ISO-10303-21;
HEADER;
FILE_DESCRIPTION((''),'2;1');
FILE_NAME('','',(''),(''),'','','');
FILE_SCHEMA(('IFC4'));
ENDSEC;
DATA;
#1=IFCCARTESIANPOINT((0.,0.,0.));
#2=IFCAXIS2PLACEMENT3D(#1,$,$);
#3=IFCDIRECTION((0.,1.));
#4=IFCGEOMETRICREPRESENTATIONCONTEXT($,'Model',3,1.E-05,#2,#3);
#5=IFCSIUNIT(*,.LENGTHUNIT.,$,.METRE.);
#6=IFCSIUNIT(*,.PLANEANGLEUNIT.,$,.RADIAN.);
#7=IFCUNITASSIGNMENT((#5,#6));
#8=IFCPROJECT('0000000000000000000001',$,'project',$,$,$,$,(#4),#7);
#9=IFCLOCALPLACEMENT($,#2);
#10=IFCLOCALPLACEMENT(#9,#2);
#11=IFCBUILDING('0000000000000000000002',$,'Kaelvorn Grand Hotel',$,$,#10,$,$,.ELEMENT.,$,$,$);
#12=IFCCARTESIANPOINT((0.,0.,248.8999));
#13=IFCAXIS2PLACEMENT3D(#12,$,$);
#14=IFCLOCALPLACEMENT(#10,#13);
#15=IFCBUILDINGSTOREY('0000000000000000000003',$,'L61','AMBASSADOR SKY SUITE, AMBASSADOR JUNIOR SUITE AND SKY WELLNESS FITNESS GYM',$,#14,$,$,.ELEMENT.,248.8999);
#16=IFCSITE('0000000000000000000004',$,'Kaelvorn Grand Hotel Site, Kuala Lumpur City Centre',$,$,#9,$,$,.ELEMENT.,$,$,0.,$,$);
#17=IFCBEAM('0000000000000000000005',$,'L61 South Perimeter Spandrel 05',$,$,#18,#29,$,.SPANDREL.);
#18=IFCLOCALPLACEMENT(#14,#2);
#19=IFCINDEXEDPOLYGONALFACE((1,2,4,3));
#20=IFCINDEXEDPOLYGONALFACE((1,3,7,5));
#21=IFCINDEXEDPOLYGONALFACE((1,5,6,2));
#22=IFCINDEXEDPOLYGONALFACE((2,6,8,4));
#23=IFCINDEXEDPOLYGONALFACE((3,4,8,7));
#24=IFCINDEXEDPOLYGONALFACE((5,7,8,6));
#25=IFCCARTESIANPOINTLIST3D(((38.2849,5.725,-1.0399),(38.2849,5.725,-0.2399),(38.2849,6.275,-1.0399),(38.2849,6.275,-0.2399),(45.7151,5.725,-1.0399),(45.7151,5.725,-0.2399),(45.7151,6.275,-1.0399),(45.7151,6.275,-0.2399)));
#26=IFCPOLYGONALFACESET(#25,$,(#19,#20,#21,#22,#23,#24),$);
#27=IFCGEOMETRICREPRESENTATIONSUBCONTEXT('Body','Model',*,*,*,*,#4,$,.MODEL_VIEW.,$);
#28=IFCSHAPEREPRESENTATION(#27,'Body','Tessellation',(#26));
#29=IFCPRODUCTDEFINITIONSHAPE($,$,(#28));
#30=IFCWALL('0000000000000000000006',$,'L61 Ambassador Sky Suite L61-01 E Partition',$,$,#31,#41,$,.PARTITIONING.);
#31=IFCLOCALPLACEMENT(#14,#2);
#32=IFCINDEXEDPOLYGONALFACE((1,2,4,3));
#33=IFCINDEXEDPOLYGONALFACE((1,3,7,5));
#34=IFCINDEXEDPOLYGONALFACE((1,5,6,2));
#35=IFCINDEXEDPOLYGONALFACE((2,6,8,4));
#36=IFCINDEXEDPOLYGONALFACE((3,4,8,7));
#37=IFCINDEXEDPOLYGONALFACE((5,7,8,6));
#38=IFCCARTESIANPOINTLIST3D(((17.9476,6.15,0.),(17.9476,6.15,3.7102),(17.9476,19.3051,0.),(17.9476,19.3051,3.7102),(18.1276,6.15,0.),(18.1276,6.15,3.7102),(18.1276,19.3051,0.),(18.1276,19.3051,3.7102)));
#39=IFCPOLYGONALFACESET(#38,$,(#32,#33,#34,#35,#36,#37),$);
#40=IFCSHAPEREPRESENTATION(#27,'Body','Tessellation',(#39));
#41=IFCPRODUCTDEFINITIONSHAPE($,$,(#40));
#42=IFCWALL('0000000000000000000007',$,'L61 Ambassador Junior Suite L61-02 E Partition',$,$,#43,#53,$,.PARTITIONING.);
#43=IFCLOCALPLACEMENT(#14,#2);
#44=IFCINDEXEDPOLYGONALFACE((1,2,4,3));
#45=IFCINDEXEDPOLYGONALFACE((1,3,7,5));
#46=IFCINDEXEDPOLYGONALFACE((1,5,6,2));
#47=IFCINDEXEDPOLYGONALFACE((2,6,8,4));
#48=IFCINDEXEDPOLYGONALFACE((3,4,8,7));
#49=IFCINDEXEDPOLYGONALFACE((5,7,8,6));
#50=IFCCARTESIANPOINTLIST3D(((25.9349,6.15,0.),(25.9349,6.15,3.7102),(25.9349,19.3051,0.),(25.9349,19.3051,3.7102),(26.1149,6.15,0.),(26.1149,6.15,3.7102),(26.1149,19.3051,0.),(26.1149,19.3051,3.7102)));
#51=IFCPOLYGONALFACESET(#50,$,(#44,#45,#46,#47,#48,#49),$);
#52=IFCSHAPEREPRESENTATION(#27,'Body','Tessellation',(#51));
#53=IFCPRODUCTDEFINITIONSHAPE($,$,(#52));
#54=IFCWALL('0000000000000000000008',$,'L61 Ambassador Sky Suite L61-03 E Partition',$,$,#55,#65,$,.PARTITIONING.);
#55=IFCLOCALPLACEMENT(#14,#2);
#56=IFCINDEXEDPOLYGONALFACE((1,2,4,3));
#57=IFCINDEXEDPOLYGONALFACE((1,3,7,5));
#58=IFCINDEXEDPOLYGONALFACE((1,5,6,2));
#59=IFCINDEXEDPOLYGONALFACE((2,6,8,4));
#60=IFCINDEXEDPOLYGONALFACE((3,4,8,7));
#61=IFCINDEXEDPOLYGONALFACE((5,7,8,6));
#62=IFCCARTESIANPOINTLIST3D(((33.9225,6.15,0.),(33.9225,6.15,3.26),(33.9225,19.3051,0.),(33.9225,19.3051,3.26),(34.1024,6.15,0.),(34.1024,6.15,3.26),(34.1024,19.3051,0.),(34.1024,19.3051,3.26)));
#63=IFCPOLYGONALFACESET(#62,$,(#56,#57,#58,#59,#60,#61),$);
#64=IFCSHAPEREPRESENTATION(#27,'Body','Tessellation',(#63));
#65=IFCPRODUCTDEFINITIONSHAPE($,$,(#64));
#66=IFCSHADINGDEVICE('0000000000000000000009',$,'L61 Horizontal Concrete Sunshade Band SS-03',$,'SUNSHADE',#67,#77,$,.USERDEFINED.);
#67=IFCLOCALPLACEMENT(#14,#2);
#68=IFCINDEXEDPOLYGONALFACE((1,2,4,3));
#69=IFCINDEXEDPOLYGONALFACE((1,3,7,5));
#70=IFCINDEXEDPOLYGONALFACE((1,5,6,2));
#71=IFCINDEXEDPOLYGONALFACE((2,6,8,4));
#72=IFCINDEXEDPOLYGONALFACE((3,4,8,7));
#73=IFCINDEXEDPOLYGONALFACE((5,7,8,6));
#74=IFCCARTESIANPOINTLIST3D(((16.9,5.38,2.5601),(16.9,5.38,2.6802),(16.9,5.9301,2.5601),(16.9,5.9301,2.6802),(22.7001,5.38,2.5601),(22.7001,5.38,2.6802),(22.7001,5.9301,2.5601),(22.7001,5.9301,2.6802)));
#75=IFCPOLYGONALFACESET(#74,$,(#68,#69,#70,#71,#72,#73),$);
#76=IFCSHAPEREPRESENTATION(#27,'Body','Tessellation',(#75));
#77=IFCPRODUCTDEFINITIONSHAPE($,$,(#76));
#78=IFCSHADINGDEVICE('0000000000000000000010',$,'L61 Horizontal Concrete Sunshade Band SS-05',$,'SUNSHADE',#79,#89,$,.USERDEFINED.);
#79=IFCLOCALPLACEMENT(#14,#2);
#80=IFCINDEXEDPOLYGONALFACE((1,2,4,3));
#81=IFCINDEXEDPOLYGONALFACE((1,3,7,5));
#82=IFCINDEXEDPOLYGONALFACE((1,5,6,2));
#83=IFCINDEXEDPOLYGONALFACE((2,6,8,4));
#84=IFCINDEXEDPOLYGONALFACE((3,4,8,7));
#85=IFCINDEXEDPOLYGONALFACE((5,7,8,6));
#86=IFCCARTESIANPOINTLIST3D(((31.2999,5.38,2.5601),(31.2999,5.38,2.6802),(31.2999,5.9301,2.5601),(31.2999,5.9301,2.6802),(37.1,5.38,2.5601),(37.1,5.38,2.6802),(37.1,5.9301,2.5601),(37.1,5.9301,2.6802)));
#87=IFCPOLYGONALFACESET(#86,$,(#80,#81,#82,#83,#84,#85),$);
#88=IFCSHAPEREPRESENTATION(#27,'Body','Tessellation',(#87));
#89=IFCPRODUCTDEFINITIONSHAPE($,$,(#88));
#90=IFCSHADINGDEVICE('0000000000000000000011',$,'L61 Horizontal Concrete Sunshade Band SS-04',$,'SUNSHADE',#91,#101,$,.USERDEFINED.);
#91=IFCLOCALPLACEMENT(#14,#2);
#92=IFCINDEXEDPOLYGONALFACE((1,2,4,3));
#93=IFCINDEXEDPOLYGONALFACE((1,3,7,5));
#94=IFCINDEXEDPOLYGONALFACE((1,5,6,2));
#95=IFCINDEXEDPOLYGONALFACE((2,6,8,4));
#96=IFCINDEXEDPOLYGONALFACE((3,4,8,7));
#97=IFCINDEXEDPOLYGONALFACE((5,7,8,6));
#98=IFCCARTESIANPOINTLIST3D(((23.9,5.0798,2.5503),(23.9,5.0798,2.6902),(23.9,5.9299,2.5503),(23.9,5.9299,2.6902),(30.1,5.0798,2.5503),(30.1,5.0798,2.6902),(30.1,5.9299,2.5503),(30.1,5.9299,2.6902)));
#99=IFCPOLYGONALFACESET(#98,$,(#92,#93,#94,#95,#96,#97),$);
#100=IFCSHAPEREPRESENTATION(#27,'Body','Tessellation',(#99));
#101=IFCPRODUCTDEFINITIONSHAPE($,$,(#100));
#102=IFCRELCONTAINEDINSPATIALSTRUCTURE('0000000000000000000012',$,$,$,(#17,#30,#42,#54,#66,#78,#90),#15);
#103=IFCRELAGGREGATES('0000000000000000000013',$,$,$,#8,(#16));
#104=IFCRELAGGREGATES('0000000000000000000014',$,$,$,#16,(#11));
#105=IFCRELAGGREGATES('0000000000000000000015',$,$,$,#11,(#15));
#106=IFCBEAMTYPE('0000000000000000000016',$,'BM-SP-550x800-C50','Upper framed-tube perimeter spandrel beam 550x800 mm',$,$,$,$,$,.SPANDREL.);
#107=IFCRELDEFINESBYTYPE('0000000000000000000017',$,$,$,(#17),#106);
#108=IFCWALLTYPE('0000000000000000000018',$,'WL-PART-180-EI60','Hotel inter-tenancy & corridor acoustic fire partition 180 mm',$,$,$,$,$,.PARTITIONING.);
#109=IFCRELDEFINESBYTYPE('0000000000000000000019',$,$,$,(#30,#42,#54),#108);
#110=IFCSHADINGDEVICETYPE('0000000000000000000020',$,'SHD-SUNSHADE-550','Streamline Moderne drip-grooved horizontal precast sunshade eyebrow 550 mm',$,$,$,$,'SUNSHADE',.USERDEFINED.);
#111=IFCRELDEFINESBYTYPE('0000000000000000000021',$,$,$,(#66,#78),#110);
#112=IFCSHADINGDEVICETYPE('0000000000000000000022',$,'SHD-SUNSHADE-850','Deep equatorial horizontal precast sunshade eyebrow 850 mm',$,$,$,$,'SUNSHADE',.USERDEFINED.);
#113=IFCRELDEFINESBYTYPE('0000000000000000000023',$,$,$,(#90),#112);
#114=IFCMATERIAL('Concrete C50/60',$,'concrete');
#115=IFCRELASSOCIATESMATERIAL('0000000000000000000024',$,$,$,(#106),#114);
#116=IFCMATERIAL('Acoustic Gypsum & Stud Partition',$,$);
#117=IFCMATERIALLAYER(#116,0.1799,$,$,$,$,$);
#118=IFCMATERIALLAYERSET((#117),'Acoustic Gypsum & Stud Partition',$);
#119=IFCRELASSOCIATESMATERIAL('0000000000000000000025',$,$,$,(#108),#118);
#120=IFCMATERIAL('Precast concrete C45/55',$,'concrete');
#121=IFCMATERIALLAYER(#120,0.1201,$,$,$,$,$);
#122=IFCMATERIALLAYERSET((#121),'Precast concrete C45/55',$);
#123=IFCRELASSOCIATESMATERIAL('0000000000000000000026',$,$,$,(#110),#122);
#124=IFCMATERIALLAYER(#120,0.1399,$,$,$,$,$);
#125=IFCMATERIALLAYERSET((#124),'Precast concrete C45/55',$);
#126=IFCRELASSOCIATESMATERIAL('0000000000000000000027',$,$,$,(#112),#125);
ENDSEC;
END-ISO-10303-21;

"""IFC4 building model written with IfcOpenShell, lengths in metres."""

from ifc_helpers import new_model, si_unit, direction, frame, frame_2d, origin, origin_2d, place, context, subcontext, project, spatial, rectangle, extrude, material, layer, layer_set, material_profile, profile_set, type_object, element, save


model = new_model("IFC4")

# Units and contexts
model_context = context("Model", 3, precision=1e-05, world=origin(), true_north=direction((0.0, 1.0)))
body_context = subcontext(model_context, "Body", "Model", "MODEL_VIEW")
ifc_project = project(units=[si_unit("LENGTHUNIT", "METRE"), si_unit("PLANEANGLEUNIT", "RADIAN")], contexts=[model_context])

# Site, building, storey
site_placement = place(None, origin())
site = spatial("IfcSite", under=ifc_project, at=site_placement, Name="Kaelvorn Grand Hotel Site, Kuala Lumpur City Centre", CompositionType="ELEMENT", RefElevation=0.0)
building_placement = place(site_placement, origin())
building = spatial("IfcBuilding", under=site, at=building_placement, Name="Kaelvorn Grand Hotel", CompositionType="ELEMENT")
storey_placement = place(building_placement, frame((0.0, 0.0, 248.8999)))
storey = spatial("IfcBuildingStorey", under=building, at=storey_placement, Name="L61", Description="AMBASSADOR SKY SUITE, AMBASSADOR JUNIOR SUITE AND SKY WELLNESS FITNESS GYM", CompositionType="ELEMENT", Elevation=248.8999)

# Shared definitions
ifc_material_1 = material(Name="Concrete C50/60", Category="concrete")

# Beam
ifc_material_profile_1 = material_profile(ifc_material_1, rectangle(XDim=0.55, YDim=0.8, at=origin_2d()), Name="RC SPANDREL 550x800")
ifc_profile_set_1 = profile_set([ifc_material_profile_1], Name="Concrete C50/60")
beam_type_1 = type_object("IfcBeamType", Name="BM-SP-550x800-C50", Description="Upper framed-tube perimeter spandrel beam 550x800 mm", PredefinedType="SPANDREL", material=ifc_profile_set_1)
beam_1_placement = place(storey_placement, frame((38.2849, 6.0, -0.6399), z_axis=(1.0, 0.0, 0.0), x_axis=(0.0, 1.0, 0.0)))
element("IfcBeam", 1, at=beam_1_placement, inside=storey, type_object=beam_type_1, Name="L61 South Perimeter Spandrel 05", PredefinedType="SPANDREL", context=body_context, shape_type="SweptSolid", body=[
    extrude(rectangle(XDim=0.55, YDim=0.8, at=origin_2d()), origin(), (0.0, 0.0, 1.0), 7.4302),
])

# Walls
ifc_material_2 = material(Name="Acoustic Gypsum & Stud Partition")
ifc_layer_1 = layer(ifc_material_2, 0.1799)
ifc_layer_set_1 = layer_set([ifc_layer_1], Name="Acoustic Gypsum & Stud Partition")
wall_type = type_object("IfcWallType", Name="WL-PART-180-EI60", Description="Hotel inter-tenancy & corridor acoustic fire partition 180 mm", PredefinedType="PARTITIONING", material=ifc_layer_set_1)
for number, where, z_axis, x_axis, name in (
    (2, (18.0376, 6.1499, 0.0), (0.0, 0.0, 1.0), (0.0, 1.0, 0.0), "L61 Ambassador Sky Suite L61-01 E Partition"),
    (3, (26.0249, 6.1499, 0.0), (0.0, 0.0, 1.0), (0.0, 1.0, 0.0), "L61 Ambassador Junior Suite L61-02 E Partition"),
):
    element("IfcWall", number, at=place(storey_placement, frame(where, z_axis=z_axis, x_axis=x_axis)), inside=storey, type_object=wall_type, Name=name, PredefinedType="PARTITIONING", context=body_context, shape_type="SweptSolid", body=[
        extrude(rectangle(XDim=13.155, YDim=0.1799, at=frame_2d((6.5776, 0.0))), origin(), (0.0, 0.0, 1.0), 3.7102),
    ])
wall_placement = place(storey_placement, frame((34.0125, 6.1499, 0.0), z_axis=(0.0, 0.0, 1.0), x_axis=(0.0, 1.0, 0.0)))
element("IfcWall", 4, at=wall_placement, inside=storey, type_object=wall_type, Name="L61 Ambassador Sky Suite L61-03 E Partition", PredefinedType="PARTITIONING", context=body_context, shape_type="SweptSolid", body=[
    extrude(rectangle(XDim=13.155, YDim=0.1799, at=frame_2d((6.5776, 0.0))), origin(), (0.0, 0.0, 1.0), 3.26),
])

# Shading devices
ifc_material_3 = material(Name="Precast concrete C45/55", Category="concrete")
ifc_layer_2 = layer(ifc_material_3, 0.1201)
ifc_layer_set_2 = layer_set([ifc_layer_2], Name="Precast concrete C45/55")
shading_device_type_1 = type_object("IfcShadingDeviceType", Name="SHD-SUNSHADE-550", Description="Streamline Moderne drip-grooved horizontal precast sunshade eyebrow 550 mm", ElementType="SUNSHADE", PredefinedType="USERDEFINED", material=ifc_layer_set_2)
for number, where, z_axis, x_axis, name in (
    (5, (19.8, 5.655, 2.5601), (0.0, 0.0, 1.0), (1.0, 0.0, 0.0), "L61 Horizontal Concrete Sunshade Band SS-03"),
    (6, (34.2, 5.655, 2.5601), (0.0, 0.0, 1.0), (1.0, 0.0, 0.0), "L61 Horizontal Concrete Sunshade Band SS-05"),
):
    element("IfcShadingDevice", number, at=place(storey_placement, frame(where, z_axis=z_axis, x_axis=x_axis)), inside=storey, type_object=shading_device_type_1, Name=name, ObjectType="SUNSHADE", PredefinedType="USERDEFINED", context=body_context, shape_type="SweptSolid", body=[
        extrude(rectangle(XDim=5.8, YDim=0.55, at=origin_2d()), origin(), (0.0, 0.0, 1.0), 0.1201),
    ])
ifc_layer_3 = layer(ifc_material_3, 0.1399)
ifc_layer_set_3 = layer_set([ifc_layer_3], Name="Precast concrete C45/55")
shading_device_type_2 = type_object("IfcShadingDeviceType", Name="SHD-SUNSHADE-850", Description="Deep equatorial horizontal precast sunshade eyebrow 850 mm", ElementType="SUNSHADE", PredefinedType="USERDEFINED", material=ifc_layer_set_3)
shading_device_placement = place(storey_placement, frame((27.0, 5.5049, 2.5503), z_axis=(0.0, 0.0, 1.0), x_axis=(1.0, 0.0, 0.0)))
element("IfcShadingDevice", 7, at=shading_device_placement, inside=storey, type_object=shading_device_type_2, Name="L61 Horizontal Concrete Sunshade Band SS-04", ObjectType="SUNSHADE", PredefinedType="USERDEFINED", context=body_context, shape_type="SweptSolid", body=[
    extrude(rectangle(XDim=6.2, YDim=0.8501, at=origin_2d()), origin(), (0.0, 0.0, 1.0), 0.1399),
])

save(model, "model.ifc")
